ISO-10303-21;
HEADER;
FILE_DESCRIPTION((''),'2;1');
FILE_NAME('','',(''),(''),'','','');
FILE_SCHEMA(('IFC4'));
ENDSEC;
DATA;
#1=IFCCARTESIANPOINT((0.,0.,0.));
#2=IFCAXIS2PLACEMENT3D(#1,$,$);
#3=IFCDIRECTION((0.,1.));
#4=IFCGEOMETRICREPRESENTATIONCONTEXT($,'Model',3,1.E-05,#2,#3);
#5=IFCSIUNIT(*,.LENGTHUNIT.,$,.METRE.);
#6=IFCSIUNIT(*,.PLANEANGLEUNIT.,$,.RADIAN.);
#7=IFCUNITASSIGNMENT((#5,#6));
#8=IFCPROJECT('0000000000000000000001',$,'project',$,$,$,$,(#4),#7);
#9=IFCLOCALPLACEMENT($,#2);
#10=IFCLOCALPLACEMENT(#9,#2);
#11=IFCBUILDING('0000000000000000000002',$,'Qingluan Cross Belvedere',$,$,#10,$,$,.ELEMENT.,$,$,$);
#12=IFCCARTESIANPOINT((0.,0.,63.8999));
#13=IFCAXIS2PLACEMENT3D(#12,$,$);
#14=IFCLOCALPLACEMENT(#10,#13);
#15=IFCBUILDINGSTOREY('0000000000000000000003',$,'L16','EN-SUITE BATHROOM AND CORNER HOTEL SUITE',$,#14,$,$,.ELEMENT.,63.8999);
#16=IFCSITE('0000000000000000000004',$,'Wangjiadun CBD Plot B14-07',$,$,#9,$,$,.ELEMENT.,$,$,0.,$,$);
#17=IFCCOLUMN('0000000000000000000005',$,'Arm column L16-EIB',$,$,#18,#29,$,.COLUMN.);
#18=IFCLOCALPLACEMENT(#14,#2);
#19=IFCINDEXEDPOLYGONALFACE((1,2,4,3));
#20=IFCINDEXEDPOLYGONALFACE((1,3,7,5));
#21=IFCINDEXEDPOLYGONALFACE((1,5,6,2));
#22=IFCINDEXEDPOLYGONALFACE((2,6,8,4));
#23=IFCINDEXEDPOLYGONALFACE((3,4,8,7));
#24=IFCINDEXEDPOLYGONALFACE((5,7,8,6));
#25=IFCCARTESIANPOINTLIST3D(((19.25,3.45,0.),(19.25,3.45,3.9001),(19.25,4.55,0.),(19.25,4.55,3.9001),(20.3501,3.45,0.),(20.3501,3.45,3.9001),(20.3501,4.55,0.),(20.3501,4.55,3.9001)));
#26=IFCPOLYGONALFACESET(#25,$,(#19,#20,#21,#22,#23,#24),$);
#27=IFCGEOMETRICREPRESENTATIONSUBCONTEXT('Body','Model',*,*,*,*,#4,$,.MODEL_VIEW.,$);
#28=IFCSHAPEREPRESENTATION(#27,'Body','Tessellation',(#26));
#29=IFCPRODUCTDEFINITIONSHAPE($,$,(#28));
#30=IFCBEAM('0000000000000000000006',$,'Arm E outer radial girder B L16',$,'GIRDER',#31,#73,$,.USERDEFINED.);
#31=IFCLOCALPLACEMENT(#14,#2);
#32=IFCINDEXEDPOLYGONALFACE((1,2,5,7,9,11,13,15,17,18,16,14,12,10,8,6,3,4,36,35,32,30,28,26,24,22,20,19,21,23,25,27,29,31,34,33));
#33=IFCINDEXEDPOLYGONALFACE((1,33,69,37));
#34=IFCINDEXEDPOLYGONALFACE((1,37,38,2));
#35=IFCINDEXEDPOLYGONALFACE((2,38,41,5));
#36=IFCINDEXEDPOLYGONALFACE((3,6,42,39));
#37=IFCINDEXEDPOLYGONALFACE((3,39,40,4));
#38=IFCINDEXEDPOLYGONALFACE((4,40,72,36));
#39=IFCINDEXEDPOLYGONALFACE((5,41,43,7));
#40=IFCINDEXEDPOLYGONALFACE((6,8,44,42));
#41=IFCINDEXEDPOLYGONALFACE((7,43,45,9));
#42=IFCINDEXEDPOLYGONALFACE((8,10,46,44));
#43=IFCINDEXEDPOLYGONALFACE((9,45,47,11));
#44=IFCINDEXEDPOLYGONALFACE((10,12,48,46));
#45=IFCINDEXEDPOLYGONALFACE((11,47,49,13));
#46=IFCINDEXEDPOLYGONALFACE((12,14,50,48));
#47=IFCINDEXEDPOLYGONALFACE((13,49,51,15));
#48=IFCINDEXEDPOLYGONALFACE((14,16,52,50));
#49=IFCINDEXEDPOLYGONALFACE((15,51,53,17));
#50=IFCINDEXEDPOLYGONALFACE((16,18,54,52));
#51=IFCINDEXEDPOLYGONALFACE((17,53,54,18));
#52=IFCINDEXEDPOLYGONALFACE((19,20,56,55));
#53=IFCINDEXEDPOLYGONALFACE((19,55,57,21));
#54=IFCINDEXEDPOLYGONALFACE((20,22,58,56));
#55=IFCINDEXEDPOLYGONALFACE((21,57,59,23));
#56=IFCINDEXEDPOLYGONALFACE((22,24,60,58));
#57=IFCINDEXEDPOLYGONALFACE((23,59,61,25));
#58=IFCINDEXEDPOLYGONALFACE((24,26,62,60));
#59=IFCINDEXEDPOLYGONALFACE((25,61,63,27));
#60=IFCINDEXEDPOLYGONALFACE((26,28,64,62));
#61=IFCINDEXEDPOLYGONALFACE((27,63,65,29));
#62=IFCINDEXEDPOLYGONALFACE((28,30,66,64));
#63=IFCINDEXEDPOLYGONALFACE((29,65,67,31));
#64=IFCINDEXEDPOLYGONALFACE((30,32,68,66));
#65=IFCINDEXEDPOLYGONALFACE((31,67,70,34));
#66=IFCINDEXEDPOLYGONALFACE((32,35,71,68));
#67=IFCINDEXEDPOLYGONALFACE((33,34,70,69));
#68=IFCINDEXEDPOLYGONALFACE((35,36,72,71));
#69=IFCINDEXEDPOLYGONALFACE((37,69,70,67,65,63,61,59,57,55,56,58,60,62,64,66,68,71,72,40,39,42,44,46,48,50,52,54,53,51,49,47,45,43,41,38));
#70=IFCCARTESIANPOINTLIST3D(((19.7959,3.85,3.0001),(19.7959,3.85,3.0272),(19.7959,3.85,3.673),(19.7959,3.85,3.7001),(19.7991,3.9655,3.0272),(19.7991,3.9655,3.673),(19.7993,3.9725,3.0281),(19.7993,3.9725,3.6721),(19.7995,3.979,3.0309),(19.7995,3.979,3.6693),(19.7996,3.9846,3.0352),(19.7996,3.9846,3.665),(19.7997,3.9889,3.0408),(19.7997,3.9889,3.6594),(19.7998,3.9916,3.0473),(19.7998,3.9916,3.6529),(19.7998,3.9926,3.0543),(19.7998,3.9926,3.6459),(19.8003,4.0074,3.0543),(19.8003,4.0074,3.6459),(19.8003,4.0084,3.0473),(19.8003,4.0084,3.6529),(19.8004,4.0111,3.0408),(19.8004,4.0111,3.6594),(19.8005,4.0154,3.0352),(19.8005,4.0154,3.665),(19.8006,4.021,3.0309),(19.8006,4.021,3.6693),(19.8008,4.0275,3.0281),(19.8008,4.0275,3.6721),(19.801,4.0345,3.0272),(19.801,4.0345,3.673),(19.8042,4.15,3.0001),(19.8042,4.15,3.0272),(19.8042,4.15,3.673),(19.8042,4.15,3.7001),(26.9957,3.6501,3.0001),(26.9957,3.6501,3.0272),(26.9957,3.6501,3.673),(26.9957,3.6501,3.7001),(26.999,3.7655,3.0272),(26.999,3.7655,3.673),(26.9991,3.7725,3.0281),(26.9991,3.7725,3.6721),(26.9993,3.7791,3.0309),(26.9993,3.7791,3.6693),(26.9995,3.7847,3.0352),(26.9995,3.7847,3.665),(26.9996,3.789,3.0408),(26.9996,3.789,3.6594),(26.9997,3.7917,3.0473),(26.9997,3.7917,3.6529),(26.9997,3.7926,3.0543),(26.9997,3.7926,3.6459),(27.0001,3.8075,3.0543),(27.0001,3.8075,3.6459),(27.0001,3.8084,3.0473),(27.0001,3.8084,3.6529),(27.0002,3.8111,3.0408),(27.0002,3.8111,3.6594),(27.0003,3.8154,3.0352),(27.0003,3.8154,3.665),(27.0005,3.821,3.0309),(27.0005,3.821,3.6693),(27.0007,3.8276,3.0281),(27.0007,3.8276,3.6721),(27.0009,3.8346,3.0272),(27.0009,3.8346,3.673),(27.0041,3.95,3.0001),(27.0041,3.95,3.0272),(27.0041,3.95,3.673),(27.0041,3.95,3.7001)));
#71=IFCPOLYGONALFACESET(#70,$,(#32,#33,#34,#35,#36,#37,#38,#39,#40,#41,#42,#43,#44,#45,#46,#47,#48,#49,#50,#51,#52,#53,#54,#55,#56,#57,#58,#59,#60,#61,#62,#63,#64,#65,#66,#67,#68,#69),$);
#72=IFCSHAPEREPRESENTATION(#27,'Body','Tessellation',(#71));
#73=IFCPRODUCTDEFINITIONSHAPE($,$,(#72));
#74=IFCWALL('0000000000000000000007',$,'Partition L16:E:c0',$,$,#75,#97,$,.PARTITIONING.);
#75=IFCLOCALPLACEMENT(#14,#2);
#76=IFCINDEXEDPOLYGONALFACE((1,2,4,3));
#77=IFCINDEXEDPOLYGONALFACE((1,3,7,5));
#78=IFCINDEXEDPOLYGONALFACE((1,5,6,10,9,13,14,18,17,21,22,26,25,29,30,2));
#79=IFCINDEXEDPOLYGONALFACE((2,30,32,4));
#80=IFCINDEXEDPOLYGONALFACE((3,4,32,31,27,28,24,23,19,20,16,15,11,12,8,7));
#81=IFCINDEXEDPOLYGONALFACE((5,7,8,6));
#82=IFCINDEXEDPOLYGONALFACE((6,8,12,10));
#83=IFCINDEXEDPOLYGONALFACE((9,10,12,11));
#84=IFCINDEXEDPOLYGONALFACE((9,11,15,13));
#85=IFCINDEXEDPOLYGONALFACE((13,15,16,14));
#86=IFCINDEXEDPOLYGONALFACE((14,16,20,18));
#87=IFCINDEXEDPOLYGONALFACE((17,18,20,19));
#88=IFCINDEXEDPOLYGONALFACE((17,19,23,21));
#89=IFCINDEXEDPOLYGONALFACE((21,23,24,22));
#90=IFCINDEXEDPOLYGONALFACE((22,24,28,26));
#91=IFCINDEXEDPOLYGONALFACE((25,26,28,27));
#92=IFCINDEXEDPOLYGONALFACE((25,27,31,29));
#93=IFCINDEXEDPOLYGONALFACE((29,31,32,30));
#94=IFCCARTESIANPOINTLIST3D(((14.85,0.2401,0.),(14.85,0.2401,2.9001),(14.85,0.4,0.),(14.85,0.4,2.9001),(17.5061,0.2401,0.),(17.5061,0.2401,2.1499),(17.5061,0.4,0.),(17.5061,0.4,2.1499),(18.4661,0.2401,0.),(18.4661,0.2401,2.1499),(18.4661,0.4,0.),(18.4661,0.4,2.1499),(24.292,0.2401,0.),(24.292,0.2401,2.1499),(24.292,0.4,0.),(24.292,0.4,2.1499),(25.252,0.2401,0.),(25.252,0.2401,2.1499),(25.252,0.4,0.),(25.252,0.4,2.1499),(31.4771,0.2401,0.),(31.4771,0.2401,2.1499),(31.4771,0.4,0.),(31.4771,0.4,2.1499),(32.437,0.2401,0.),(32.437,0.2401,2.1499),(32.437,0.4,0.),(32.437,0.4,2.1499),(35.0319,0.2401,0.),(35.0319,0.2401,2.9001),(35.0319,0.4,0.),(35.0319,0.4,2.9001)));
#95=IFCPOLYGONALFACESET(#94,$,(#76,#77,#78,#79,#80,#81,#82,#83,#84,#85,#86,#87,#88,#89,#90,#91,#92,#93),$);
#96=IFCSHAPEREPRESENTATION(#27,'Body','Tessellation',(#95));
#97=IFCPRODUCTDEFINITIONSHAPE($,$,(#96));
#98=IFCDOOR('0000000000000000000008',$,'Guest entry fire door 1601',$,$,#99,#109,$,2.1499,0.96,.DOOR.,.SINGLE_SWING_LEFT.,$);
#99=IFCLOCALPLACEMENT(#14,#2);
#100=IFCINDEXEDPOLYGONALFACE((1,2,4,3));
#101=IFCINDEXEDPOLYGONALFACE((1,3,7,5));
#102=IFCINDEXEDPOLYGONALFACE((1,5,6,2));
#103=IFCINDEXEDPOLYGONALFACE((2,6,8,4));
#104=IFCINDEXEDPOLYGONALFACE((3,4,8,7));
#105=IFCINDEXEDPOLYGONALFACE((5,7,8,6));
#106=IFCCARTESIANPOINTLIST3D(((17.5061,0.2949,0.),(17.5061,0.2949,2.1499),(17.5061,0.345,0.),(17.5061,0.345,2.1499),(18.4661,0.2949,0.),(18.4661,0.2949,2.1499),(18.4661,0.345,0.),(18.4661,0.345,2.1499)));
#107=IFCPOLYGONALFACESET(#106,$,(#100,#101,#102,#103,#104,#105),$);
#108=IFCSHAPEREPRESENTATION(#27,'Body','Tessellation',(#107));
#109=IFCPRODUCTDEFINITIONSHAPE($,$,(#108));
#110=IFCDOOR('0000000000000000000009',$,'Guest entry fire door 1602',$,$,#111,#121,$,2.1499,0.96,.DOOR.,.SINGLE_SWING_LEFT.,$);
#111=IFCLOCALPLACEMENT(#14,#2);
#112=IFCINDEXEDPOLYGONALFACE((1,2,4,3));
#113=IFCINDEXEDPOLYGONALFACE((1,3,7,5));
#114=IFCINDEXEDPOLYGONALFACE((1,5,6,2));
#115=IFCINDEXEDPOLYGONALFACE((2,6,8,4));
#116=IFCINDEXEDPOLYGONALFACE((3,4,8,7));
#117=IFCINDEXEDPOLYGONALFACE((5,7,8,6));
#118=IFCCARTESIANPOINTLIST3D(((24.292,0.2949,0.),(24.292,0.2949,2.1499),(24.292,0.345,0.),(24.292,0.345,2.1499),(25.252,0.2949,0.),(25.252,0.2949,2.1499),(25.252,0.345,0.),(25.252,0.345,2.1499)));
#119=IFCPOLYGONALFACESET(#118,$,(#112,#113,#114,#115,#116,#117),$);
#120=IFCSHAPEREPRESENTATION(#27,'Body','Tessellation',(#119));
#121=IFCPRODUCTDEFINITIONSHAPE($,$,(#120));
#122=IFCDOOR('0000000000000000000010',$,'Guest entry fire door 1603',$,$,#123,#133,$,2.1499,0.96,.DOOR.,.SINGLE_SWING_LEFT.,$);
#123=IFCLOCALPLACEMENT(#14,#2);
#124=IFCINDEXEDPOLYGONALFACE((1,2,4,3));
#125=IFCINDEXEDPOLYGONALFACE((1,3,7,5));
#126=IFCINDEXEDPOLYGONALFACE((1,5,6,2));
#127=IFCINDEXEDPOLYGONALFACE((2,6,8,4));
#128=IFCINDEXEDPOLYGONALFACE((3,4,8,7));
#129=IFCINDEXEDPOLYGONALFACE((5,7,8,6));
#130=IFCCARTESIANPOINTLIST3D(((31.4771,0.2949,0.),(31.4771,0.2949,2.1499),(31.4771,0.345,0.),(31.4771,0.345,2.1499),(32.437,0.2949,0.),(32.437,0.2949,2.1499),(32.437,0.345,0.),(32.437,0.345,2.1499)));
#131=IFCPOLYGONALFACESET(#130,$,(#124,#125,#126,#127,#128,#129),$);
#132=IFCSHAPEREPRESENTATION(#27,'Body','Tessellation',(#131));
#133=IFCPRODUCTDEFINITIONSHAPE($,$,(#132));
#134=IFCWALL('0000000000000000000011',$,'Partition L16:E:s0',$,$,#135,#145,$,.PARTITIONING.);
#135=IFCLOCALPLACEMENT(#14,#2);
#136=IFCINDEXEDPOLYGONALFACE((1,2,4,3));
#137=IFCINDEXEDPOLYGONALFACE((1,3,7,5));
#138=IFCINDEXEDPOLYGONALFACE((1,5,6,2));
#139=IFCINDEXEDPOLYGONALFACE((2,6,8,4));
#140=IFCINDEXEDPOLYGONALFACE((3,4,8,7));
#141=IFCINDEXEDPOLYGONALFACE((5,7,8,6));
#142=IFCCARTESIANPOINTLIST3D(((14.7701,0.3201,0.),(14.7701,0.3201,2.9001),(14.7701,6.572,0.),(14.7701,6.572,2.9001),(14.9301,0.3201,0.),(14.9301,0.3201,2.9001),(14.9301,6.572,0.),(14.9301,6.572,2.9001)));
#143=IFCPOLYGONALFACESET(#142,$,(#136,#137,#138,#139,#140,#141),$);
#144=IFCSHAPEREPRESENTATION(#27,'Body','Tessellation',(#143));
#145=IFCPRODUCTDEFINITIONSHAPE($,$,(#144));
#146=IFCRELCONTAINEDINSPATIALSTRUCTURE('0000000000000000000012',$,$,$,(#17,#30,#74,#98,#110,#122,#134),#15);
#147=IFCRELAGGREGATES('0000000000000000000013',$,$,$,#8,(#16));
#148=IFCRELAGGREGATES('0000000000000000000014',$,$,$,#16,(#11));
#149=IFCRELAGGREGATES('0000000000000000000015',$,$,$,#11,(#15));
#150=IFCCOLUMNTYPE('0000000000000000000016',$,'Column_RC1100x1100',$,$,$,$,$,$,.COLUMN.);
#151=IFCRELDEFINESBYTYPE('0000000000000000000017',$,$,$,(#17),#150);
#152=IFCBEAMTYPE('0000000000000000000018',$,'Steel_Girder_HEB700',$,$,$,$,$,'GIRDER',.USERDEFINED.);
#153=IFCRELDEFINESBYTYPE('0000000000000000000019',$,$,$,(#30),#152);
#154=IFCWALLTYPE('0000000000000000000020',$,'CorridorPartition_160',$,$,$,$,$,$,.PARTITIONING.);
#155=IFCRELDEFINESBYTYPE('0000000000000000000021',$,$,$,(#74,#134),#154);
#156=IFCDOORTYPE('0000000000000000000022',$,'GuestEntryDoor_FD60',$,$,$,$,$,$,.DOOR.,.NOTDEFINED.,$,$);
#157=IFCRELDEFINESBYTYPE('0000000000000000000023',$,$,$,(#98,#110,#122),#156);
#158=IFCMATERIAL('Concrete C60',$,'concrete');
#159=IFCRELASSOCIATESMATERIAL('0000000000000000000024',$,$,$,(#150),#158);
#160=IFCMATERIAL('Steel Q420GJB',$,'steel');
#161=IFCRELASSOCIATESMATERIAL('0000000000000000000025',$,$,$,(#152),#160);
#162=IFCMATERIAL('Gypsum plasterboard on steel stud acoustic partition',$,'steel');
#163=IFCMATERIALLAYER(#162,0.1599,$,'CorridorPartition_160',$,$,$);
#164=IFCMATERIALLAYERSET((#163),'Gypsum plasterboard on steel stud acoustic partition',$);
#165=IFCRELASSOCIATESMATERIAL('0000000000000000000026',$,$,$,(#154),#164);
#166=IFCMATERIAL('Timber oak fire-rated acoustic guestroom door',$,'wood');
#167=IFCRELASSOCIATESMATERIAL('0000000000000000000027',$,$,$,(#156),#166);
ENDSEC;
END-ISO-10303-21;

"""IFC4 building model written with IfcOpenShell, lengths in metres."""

from ifc_helpers import new_model, si_unit, direction, frame, frame_2d, origin, origin_2d, place, context, subcontext, project, spatial, rectangle, i_section, extrude, material, layer, layer_set, material_profile, profile_set, type_object, element, fill, save


model = new_model("IFC4")

# Units and contexts
model_context = context("Model", 3, precision=1e-05, world=origin(), true_north=direction((0.0, 1.0)))
body_context = subcontext(model_context, "Body", "Model", "MODEL_VIEW")
ifc_project = project(units=[si_unit("LENGTHUNIT", "METRE"), si_unit("PLANEANGLEUNIT", "RADIAN")], contexts=[model_context])

# Site, building, storey
site_placement = place(None, origin())
site = spatial("IfcSite", under=ifc_project, at=site_placement, Name="Wangjiadun CBD Plot B14-07", CompositionType="ELEMENT", RefElevation=0.0)
building_placement = place(site_placement, origin())
building = spatial("IfcBuilding", under=site, at=building_placement, Name="Qingluan Cross Belvedere", CompositionType="ELEMENT")
storey_placement = place(building_placement, frame((0.0, 0.0, 63.8999)))
storey = spatial("IfcBuildingStorey", under=building, at=storey_placement, Name="L16", Description="EN-SUITE BATHROOM AND CORNER HOTEL SUITE", CompositionType="ELEMENT", Elevation=63.8999)

# Column
ifc_material_1 = material(Name="Concrete C60", Category="concrete")
ifc_material_profile_1 = material_profile(ifc_material_1, rectangle(XDim=1.1001, YDim=1.1001, at=origin_2d()), Name="RC1100x1100")
ifc_profile_set_1 = profile_set([ifc_material_profile_1], Name="Concrete C60")
column_type = type_object("IfcColumnType", Name="Column_RC1100x1100", PredefinedType="COLUMN", material=ifc_profile_set_1)
column_placement = place(storey_placement, frame((19.8, 4.0, 0.0), z_axis=(0.0, 0.0, 1.0), x_axis=(1.0, 0.0, 0.0)))
element("IfcColumn", 1, at=column_placement, inside=storey, type_object=column_type, Name="Arm column L16-EIB", PredefinedType="COLUMN", context=body_context, shape_type="SweptSolid", body=[
    extrude(rectangle(XDim=1.1001, YDim=1.1001, at=origin_2d()), origin(), (0.0, 0.0, 1.0), 3.9001),
])

# Beam
ifc_material_2 = material(Name="Steel Q420GJB", Category="steel")
ifc_material_profile_2 = material_profile(ifc_material_2, i_section(OverallWidth=0.3, OverallDepth=0.7, WebThickness=0.0149, FlangeThickness=0.0271, FilletRadius=0.0271, at=origin_2d()), Name="HEB700")
ifc_profile_set_2 = profile_set([ifc_material_profile_2], Name="Steel Q420GJB")
beam_type = type_object("IfcBeamType", Name="Steel_Girder_HEB700", ElementType="GIRDER", PredefinedType="USERDEFINED", material=ifc_profile_set_2)
beam_placement = place(storey_placement, frame((19.8, 4.0, 3.3501), z_axis=(0.999615, -0.02776, 0.0), x_axis=(0.02776, 0.999615, 0.0)))
element("IfcBeam", 2, at=beam_placement, inside=storey, type_object=beam_type, Name="Arm E outer radial girder B L16", ObjectType="GIRDER", PredefinedType="USERDEFINED", context=body_context, shape_type="SweptSolid", body=[
    extrude(i_section(OverallWidth=0.3, OverallDepth=0.7, WebThickness=0.0149, FlangeThickness=0.0271, FilletRadius=0.0271, at=origin_2d()), origin(), (0.0, 0.0, 1.0), 7.2026),
])

# Wall, openings, doors
ifc_material_3 = material(Name="Gypsum plasterboard on steel stud acoustic partition", Category="steel")
ifc_layer_1 = layer(ifc_material_3, 0.1599, Name="CorridorPartition_160")
ifc_layer_set_1 = layer_set([ifc_layer_1], Name="Gypsum plasterboard on steel stud acoustic partition")
wall_type_1 = type_object("IfcWallType", Name="CorridorPartition_160", PredefinedType="PARTITIONING", material=ifc_layer_set_1)
wall_1_placement = place(storey_placement, frame((14.8501, 0.3201, 0.0), z_axis=(0.0, 0.0, 1.0), x_axis=(1.0, 0.0, 0.0)))
wall_1 = element("IfcWall", 3, at=wall_1_placement, inside=storey, type_object=wall_type_1, Name="Partition L16:E:c0", PredefinedType="PARTITIONING", context=body_context, shape_type="SweptSolid", body=[
    extrude(rectangle(XDim=20.1819, YDim=0.1599, at=frame_2d((10.0908, 0.0))), origin(), (0.0, 0.0, 1.0), 2.9001),
])
opening_1_placement = place(wall_1_placement, frame((2.656, 0.0, 0.0)))
opening_1 = element("IfcOpeningElement", 4, at=opening_1_placement, cuts=wall_1, PredefinedType="OPENING", context=body_context, shape_type="SweptSolid", body=[
    extrude(rectangle(XDim=0.96, YDim=2.1499, at=frame_2d((0.48, 1.075))), frame((0.0, 0.0898, 0.0), z_axis=(0.0, -1.0, 0.0), x_axis=(1.0, 0.0, 0.0)), (0.0, 0.0, 1.0), 0.1799),
])
opening_2_placement = place(wall_1_placement, frame((9.4419, 0.0, 0.0)))
opening_2 = element("IfcOpeningElement", 5, at=opening_2_placement, cuts=wall_1, PredefinedType="OPENING", context=body_context, shape_type="SweptSolid", body=[
    extrude(rectangle(XDim=0.96, YDim=2.1499, at=frame_2d((0.48, 1.075))), frame((0.0, 0.0898, 0.0), z_axis=(0.0, -1.0, 0.0), x_axis=(1.0, 0.0, 0.0)), (0.0, 0.0, 1.0), 0.1799),
])
opening_3_placement = place(wall_1_placement, frame((16.627, 0.0, 0.0)))
opening_3 = element("IfcOpeningElement", 6, at=opening_3_placement, cuts=wall_1, PredefinedType="OPENING", context=body_context, shape_type="SweptSolid", body=[
    extrude(rectangle(XDim=0.96, YDim=2.1499, at=frame_2d((0.48, 1.075))), frame((0.0, 0.0898, 0.0), z_axis=(0.0, -1.0, 0.0), x_axis=(1.0, 0.0, 0.0)), (0.0, 0.0, 1.0), 0.1799),
])
ifc_material_4 = material(Name="Timber oak fire-rated acoustic guestroom door", Category="wood")
door_type_1 = type_object("IfcDoorType", Name="GuestEntryDoor_FD60", OperationType="NOTDEFINED", PredefinedType="DOOR", material=ifc_material_4)
door_1_placement = place(opening_1_placement, origin())
door_1 = element("IfcDoor", 7, at=door_1_placement, inside=storey, type_object=door_type_1, Name="Guest entry fire door 1601", OperationType="SINGLE_SWING_LEFT", OverallHeight=2.1499, OverallWidth=0.96, PredefinedType="DOOR", context=body_context, shape_type="SweptSolid", body=[
    extrude(rectangle(XDim=0.96, YDim=2.1499, at=frame_2d((0.48, 1.075))), frame((0.0, 0.0249, 0.0), z_axis=(0.0, -1.0, 0.0), x_axis=(1.0, 0.0, 0.0)), (0.0, 0.0, 1.0), 0.05),
])
fill(opening_1, door_1)
door_2_placement = place(opening_2_placement, origin())
door_2 = element("IfcDoor", 8, at=door_2_placement, inside=storey, type_object=door_type_1, Name="Guest entry fire door 1602", OperationType="SINGLE_SWING_LEFT", OverallHeight=2.1499, OverallWidth=0.96, PredefinedType="DOOR", context=body_context, shape_type="SweptSolid", body=[
    extrude(rectangle(XDim=0.96, YDim=2.1499, at=frame_2d((0.48, 1.075))), frame((0.0, 0.0249, 0.0), z_axis=(0.0, -1.0, 0.0), x_axis=(1.0, 0.0, 0.0)), (0.0, 0.0, 1.0), 0.05),
])
fill(opening_2, door_2)
door_3_placement = place(opening_3_placement, origin())
door_3 = element("IfcDoor", 9, at=door_3_placement, inside=storey, type_object=door_type_1, Name="Guest entry fire door 1603", OperationType="SINGLE_SWING_LEFT", OverallHeight=2.1499, OverallWidth=0.96, PredefinedType="DOOR", context=body_context, shape_type="SweptSolid", body=[
    extrude(rectangle(XDim=0.96, YDim=2.1499, at=frame_2d((0.48, 1.075))), frame((0.0, 0.0249, 0.0), z_axis=(0.0, -1.0, 0.0), x_axis=(1.0, 0.0, 0.0)), (0.0, 0.0, 1.0), 0.05),
])
fill(opening_3, door_3)

# Wall
wall_2_placement = place(storey_placement, frame((14.8501, 0.3201, 0.0), z_axis=(0.0, 0.0, 1.0), x_axis=(0.0, 1.0, 0.0)))
element("IfcWall", 10, at=wall_2_placement, inside=storey, type_object=wall_type_1, Name="Partition L16:E:s0", PredefinedType="PARTITIONING", context=body_context, shape_type="SweptSolid", body=[
    extrude(rectangle(XDim=6.252, YDim=0.1599, at=frame_2d((3.126, 0.0))), origin(), (0.0, 0.0, 1.0), 2.9001),
])

save(model, "model.ifc")
